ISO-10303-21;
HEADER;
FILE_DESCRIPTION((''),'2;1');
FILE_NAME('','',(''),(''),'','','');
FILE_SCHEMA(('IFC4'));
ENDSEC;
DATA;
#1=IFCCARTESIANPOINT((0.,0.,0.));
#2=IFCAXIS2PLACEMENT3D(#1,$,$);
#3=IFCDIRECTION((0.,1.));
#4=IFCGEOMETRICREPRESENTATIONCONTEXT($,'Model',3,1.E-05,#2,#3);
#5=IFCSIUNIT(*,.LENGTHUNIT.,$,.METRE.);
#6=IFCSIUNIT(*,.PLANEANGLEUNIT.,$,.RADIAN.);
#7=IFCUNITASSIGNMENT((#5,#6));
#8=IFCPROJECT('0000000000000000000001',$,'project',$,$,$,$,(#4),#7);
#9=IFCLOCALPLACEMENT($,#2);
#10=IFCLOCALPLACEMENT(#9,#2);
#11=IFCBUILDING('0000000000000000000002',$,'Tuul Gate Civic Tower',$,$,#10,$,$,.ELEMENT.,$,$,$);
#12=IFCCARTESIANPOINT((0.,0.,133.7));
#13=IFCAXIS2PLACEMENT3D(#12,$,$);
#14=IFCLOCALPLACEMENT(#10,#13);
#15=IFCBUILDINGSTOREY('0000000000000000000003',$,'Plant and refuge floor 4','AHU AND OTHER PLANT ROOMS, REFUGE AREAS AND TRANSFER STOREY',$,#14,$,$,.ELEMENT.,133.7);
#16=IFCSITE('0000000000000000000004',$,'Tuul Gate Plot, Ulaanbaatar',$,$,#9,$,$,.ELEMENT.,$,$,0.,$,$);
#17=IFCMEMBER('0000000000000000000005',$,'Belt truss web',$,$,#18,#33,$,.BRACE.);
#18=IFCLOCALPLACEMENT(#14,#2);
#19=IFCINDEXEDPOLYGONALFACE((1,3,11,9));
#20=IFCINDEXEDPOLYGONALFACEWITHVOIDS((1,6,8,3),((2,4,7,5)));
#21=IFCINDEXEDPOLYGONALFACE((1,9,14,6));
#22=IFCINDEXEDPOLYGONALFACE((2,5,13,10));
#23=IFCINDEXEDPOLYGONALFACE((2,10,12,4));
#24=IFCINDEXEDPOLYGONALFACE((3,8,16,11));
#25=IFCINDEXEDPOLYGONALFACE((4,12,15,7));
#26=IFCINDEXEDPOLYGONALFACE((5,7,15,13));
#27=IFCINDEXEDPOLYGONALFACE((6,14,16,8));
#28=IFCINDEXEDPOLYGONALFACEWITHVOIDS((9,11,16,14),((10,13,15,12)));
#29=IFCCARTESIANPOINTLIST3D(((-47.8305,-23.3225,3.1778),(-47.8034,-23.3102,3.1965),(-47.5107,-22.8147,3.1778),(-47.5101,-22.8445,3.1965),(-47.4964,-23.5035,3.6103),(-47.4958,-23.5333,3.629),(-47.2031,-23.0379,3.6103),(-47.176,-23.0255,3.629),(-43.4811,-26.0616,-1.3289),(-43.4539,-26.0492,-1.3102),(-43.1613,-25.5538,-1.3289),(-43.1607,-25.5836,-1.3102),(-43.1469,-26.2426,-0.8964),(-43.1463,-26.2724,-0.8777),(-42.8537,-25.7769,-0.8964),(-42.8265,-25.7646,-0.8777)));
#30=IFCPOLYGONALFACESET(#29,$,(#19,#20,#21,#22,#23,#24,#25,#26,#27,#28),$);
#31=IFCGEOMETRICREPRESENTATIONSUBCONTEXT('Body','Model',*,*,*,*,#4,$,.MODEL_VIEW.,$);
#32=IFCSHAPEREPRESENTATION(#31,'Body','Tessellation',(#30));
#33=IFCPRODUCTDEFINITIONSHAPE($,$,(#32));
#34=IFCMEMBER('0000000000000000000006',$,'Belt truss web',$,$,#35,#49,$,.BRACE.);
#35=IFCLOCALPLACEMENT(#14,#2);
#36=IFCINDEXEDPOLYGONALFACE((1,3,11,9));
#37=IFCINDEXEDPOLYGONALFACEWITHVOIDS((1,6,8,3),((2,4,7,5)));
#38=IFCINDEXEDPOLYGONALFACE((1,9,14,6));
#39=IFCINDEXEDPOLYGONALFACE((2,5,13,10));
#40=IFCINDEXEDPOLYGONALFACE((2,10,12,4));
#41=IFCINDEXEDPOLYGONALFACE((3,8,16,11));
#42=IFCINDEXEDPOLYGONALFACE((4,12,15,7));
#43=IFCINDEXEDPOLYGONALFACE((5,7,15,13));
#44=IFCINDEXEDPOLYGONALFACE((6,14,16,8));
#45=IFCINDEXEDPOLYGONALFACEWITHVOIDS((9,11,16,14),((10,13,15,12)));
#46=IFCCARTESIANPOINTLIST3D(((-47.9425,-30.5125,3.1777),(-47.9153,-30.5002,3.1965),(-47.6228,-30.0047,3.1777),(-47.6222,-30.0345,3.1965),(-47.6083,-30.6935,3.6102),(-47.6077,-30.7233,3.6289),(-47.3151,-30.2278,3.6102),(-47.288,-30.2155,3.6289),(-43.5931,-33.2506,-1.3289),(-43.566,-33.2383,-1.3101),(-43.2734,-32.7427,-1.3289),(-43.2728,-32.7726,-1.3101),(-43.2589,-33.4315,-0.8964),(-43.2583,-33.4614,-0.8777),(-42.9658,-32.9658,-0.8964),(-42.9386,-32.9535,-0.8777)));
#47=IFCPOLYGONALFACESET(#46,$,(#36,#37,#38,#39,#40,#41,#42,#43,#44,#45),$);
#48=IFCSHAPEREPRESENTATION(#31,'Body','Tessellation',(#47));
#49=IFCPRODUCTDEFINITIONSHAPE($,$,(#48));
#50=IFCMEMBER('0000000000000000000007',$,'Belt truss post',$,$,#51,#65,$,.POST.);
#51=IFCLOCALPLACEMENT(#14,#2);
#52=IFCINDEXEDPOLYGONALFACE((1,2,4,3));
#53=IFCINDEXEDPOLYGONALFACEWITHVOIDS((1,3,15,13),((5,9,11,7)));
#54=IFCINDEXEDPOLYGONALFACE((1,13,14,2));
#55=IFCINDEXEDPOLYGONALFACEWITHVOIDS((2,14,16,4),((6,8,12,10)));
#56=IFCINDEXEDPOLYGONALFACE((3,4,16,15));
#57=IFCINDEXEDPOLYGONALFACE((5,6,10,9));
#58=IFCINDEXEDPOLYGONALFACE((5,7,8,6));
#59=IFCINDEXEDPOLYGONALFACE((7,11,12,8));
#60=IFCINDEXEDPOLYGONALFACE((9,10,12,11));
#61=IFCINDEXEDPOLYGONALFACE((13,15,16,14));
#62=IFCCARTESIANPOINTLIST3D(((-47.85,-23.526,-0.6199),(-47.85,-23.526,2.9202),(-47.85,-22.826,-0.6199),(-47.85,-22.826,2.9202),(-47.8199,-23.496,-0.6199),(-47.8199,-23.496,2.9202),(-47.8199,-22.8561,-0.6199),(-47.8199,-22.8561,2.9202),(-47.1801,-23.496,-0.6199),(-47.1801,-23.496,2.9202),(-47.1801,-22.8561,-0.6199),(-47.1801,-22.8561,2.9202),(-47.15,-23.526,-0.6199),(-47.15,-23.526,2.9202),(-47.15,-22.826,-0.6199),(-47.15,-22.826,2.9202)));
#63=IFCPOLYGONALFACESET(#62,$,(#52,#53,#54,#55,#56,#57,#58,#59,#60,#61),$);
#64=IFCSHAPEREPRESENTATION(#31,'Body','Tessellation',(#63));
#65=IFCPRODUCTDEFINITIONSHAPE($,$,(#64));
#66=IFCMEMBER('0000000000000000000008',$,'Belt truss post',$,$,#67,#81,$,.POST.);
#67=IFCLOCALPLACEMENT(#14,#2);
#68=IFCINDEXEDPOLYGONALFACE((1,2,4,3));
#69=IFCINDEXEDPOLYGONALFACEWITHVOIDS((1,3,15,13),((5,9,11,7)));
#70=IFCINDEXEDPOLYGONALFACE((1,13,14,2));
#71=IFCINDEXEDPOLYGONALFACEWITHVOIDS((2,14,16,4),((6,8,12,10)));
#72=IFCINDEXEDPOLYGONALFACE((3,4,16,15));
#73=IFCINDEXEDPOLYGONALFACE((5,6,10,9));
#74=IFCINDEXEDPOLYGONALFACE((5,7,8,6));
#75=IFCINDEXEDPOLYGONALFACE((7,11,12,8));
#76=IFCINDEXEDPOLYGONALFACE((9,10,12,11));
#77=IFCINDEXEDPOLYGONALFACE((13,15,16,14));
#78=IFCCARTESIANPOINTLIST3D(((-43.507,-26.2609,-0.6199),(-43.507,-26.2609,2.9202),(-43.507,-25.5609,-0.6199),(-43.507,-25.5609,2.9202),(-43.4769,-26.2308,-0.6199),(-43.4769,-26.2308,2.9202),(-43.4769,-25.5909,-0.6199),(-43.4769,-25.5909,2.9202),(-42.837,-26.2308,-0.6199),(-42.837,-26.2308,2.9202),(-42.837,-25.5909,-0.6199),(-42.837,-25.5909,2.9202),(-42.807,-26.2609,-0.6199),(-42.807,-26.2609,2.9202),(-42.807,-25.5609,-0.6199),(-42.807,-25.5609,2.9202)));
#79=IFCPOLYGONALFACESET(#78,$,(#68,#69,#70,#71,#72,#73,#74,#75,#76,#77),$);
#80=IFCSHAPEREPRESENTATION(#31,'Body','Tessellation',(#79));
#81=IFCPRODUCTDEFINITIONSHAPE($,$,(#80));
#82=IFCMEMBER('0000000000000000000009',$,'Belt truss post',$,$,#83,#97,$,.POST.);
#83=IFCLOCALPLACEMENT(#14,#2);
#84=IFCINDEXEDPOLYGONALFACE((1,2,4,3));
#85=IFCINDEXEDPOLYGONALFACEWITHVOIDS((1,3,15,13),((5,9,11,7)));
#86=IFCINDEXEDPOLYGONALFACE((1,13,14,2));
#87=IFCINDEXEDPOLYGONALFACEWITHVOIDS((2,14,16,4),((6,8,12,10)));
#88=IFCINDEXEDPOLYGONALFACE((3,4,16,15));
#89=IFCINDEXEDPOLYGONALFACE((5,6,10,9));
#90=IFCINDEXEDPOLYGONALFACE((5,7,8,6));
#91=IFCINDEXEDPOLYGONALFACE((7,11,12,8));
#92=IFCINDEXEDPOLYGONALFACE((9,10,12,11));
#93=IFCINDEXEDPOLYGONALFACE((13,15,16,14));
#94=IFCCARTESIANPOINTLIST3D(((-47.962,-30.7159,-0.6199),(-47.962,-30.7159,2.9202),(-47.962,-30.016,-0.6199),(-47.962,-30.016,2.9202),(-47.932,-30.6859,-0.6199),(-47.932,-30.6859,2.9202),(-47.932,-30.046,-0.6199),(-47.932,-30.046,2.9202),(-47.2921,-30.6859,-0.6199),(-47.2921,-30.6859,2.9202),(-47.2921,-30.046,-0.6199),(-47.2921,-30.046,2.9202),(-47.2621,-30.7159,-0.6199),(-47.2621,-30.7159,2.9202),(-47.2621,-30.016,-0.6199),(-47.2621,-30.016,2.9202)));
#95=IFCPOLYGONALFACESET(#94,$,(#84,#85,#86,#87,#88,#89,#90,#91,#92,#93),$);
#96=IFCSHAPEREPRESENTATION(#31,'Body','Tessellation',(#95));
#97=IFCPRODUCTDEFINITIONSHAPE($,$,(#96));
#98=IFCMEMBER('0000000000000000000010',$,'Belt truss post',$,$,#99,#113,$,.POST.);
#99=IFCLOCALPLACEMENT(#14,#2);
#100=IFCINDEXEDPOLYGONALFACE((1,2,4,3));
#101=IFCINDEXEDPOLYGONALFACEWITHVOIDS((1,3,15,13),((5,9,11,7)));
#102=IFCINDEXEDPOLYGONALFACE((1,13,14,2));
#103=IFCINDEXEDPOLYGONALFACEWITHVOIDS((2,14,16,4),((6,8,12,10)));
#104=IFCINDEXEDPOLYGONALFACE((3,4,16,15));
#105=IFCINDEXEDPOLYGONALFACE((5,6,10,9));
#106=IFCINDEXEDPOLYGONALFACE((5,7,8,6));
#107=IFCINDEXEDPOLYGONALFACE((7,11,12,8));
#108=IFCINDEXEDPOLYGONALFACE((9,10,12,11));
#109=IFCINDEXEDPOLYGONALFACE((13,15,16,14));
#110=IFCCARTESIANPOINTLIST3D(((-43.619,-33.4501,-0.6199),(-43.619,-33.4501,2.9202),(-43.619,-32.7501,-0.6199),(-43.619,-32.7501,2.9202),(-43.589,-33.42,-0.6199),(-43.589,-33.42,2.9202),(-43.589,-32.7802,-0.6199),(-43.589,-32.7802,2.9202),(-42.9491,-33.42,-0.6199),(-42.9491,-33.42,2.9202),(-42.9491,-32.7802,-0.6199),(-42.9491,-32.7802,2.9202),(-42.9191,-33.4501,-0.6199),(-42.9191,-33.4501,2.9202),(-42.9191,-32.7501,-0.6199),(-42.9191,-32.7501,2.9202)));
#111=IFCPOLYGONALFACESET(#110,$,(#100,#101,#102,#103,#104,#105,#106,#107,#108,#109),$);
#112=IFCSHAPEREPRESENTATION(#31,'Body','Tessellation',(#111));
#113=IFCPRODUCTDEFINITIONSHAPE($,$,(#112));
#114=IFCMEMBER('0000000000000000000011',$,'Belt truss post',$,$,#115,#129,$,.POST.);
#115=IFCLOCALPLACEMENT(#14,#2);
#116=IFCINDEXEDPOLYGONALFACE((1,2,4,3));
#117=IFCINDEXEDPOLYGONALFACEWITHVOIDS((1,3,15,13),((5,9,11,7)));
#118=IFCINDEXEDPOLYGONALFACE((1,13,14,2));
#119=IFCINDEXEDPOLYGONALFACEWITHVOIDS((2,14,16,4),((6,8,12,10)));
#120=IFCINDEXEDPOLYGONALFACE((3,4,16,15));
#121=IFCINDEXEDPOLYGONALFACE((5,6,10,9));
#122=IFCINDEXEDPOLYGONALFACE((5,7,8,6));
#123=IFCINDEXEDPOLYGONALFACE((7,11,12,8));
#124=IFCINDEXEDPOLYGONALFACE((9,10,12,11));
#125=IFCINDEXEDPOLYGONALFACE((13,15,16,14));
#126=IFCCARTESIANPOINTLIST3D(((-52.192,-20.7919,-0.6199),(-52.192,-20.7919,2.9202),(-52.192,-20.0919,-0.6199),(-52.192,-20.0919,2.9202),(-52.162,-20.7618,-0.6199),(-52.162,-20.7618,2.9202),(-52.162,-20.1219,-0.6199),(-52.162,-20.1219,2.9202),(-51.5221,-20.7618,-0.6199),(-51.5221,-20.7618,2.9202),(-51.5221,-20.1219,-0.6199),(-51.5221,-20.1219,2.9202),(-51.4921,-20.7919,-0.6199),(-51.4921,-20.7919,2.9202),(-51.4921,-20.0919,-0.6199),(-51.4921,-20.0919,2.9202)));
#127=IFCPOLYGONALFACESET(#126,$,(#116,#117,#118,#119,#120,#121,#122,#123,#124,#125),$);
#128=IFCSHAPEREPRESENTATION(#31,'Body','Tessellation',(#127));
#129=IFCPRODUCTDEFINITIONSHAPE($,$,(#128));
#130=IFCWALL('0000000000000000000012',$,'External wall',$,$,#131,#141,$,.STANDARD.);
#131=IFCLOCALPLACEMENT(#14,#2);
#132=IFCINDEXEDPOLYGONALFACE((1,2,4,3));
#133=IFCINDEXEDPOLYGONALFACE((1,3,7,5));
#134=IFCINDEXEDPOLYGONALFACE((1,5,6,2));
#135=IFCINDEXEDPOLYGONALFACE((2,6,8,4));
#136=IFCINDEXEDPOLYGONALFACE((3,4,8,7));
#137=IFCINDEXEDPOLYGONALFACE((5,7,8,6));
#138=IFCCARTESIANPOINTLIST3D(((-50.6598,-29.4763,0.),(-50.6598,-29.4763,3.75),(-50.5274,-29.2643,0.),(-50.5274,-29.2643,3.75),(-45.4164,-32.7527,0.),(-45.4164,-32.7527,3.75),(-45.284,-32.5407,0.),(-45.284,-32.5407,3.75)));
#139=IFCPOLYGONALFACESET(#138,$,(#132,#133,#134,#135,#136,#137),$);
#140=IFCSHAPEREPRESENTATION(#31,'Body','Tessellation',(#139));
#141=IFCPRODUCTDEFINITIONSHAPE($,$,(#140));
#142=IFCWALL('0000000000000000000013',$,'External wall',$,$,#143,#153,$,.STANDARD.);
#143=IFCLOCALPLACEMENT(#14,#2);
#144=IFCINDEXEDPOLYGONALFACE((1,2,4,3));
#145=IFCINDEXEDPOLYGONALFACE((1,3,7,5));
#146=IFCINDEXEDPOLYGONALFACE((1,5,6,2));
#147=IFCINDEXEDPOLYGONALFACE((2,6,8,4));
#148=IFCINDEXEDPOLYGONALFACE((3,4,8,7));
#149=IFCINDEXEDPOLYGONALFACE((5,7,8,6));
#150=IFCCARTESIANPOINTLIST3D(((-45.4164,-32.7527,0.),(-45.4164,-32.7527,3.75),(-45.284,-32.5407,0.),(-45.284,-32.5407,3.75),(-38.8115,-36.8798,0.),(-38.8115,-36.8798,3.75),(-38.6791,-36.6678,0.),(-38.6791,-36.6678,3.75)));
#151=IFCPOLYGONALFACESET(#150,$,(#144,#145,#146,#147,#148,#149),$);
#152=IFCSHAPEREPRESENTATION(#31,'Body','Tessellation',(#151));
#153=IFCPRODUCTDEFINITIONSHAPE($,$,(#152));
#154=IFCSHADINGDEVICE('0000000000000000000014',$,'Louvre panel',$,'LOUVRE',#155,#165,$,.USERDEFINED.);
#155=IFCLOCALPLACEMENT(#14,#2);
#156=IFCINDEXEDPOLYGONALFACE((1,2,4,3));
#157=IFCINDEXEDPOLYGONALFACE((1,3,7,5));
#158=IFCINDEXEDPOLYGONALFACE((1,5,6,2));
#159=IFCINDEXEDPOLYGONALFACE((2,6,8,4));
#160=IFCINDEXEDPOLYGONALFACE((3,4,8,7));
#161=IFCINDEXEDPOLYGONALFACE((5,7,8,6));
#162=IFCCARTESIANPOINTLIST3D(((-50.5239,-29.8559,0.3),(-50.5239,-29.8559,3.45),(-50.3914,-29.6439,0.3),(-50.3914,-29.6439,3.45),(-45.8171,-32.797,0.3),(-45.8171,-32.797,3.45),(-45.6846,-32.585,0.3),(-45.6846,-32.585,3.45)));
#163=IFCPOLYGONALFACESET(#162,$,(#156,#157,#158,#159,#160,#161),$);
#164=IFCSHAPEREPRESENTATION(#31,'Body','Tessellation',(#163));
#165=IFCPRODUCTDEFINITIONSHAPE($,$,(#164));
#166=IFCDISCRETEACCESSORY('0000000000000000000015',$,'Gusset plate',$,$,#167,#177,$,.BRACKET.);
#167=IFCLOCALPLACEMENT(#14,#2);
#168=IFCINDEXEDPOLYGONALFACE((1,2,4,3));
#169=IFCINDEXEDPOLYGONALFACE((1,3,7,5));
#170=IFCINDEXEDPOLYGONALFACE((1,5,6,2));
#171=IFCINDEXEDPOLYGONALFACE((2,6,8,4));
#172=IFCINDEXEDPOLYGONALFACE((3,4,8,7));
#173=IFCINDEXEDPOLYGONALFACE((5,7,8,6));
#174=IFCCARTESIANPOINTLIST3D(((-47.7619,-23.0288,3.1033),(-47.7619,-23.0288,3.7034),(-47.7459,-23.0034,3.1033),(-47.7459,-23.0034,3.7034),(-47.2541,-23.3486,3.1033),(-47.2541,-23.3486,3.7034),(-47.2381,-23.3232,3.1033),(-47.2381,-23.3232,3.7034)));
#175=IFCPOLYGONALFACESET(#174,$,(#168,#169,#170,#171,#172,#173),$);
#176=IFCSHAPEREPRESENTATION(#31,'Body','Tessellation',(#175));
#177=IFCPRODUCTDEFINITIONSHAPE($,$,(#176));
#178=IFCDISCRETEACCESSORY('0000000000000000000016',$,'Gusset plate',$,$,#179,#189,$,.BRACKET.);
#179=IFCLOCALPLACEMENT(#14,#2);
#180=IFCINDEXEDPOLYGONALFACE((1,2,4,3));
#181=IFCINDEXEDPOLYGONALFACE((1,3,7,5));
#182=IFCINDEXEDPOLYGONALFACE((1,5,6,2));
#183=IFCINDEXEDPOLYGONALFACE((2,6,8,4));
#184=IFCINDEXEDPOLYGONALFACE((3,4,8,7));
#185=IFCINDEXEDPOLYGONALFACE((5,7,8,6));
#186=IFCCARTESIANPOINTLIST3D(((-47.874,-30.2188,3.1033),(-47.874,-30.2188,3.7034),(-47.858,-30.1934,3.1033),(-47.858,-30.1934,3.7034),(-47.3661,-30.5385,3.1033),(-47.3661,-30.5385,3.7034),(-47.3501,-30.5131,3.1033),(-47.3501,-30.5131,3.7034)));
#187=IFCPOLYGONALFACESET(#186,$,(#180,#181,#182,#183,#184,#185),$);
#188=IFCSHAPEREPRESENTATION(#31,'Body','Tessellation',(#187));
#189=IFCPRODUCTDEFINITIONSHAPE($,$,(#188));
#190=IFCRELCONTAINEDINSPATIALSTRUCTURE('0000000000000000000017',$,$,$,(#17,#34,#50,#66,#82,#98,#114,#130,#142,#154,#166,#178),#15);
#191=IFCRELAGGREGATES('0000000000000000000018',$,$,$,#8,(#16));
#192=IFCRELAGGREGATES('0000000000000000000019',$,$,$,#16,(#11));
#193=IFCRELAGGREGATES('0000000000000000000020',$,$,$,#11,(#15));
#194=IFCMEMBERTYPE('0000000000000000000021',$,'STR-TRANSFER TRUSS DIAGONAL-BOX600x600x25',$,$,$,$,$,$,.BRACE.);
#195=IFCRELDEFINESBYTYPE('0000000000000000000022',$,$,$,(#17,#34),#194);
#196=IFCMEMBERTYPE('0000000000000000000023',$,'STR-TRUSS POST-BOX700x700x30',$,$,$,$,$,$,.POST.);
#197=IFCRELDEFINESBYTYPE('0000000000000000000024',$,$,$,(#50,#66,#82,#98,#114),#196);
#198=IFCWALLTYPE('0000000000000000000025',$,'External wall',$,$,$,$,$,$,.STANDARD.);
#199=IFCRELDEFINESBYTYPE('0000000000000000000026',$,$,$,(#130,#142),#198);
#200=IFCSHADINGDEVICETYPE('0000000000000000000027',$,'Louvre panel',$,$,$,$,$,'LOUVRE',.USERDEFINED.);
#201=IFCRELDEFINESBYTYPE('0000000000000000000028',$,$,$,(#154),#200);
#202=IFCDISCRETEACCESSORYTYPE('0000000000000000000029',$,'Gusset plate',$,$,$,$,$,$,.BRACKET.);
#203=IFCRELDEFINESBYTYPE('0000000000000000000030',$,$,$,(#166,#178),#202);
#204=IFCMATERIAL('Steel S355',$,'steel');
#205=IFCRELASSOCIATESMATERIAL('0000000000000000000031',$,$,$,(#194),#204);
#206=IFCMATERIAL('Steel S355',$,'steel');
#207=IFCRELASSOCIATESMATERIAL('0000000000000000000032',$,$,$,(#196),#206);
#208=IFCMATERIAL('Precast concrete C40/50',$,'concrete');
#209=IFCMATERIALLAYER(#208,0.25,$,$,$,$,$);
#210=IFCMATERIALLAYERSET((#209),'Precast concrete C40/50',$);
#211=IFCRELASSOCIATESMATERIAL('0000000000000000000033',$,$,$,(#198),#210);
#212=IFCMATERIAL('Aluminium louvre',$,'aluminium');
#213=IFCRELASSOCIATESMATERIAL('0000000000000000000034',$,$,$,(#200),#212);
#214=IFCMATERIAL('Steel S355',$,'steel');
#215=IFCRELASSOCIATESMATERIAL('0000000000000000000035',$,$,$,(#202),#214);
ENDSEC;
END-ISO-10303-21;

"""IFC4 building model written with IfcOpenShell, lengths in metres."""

from ifc_helpers import new_model, si_unit, direction, frame, frame_2d, origin, origin_2d, place, context, subcontext, project, spatial, rectangle, hollow_rectangle, extrude, material, layer, layer_set, material_profile, profile_set, type_object, element, save


model = new_model("IFC4")

# Units and contexts
model_context = context("Model", 3, precision=1e-05, world=origin(), true_north=direction((0.0, 1.0)))
body_context = subcontext(model_context, "Body", "Model", "MODEL_VIEW")
ifc_project = project(units=[si_unit("LENGTHUNIT", "METRE"), si_unit("PLANEANGLEUNIT", "RADIAN")], contexts=[model_context])

# Site, building, storey
site_placement = place(None, origin())
site = spatial("IfcSite", under=ifc_project, at=site_placement, Name="Tuul Gate Plot, Ulaanbaatar", CompositionType="ELEMENT", RefElevation=0.0)
building_placement = place(site_placement, origin())
building = spatial("IfcBuilding", under=site, at=building_placement, Name="Tuul Gate Civic Tower", CompositionType="ELEMENT")
storey_placement = place(building_placement, frame((0.0, 0.0, 133.7)))
storey = spatial("IfcBuildingStorey", under=building, at=storey_placement, Name="Plant and refuge floor 4", Description="AHU AND OTHER PLANT ROOMS, REFUGE AREAS AND TRANSFER STOREY", CompositionType="ELEMENT", Elevation=133.7)

# Members
ifc_material_1 = material(Name="Steel S355", Category="steel")
ifc_material_profile_1 = material_profile(ifc_material_1, hollow_rectangle(XDim=0.6001, YDim=0.6001, WallThickness=0.0249, at=origin_2d()), Name="BOX600x600x25")
ifc_profile_set_1 = profile_set([ifc_material_profile_1], Name="Steel S355")
member_type_1 = type_object("IfcMemberType", Name="STR-TRANSFER TRUSS DIAGONAL-BOX600x600x25", PredefinedType="BRACE", material=ifc_profile_set_1)
member_1_placement = place(storey_placement, frame((-43.1538, -25.9131, -1.1033), z_axis=(-0.63626, 0.400685, 0.659261), x_axis=(-0.532886, -0.846187, 0.0)))
element("IfcMember", 1, at=member_1_placement, inside=storey, type_object=member_type_1, Name="Belt truss web", PredefinedType="BRACE", context=body_context, shape_type="SweptSolid", body=[
    extrude(hollow_rectangle(XDim=0.6001, YDim=0.6001, WallThickness=0.0249, at=origin_2d()), origin(), (0.0, 0.0, 1.0), 6.8359),
])
member_2_placement = place(storey_placement, frame((-43.2659, -33.1021, -1.1033), z_axis=(-0.636297, 0.400565, 0.659298), x_axis=(-0.53275, -0.846273, 0.0)))
element("IfcMember", 2, at=member_2_placement, inside=storey, type_object=member_type_1, Name="Belt truss web", PredefinedType="BRACE", context=body_context, shape_type="SweptSolid", body=[
    extrude(hollow_rectangle(XDim=0.6001, YDim=0.6001, WallThickness=0.0249, at=origin_2d()), origin(), (0.0, 0.0, 1.0), 6.8354),
])
ifc_material_2 = material(Name="Steel S355", Category="steel")
ifc_material_profile_2 = material_profile(ifc_material_2, hollow_rectangle(XDim=0.7, YDim=0.7, WallThickness=0.03, at=origin_2d()), Name="BOX700x700x30")
ifc_profile_set_2 = profile_set([ifc_material_profile_2], Name="Steel S355")
member_type_2 = type_object("IfcMemberType", Name="STR-TRUSS POST-BOX700x700x30", PredefinedType="POST", material=ifc_profile_set_2)
for number, where, z_axis, x_axis, name in (
    (3, (-47.5, -23.176, -0.6199), (0.0, 0.0, 1.0), (1.0, 0.0, 0.0), "Belt truss post"),
    (4, (-43.157, -25.9109, -0.6199), (0.0, 0.0, 1.0), (1.0, 0.0, 0.0), "Belt truss post"),
    (5, (-47.6121, -30.366, -0.6199), (0.0, 0.0, 1.0), (1.0, 0.0, 0.0), "Belt truss post"),
    (6, (-43.269, -33.1001, -0.6199), (0.0, 0.0, 1.0), (1.0, 0.0, 0.0), "Belt truss post"),
    (7, (-51.842, -20.4419, -0.6199), (0.0, 0.0, 1.0), (1.0, 0.0, 0.0), "Belt truss post"),
):
    element("IfcMember", number, at=place(storey_placement, frame(where, z_axis=z_axis, x_axis=x_axis)), inside=storey, type_object=member_type_2, Name=name, PredefinedType="POST", context=body_context, shape_type="SweptSolid", body=[
        extrude(hollow_rectangle(XDim=0.7, YDim=0.7, WallThickness=0.03, at=origin_2d()), origin(), (0.0, 0.0, 1.0), 3.54),
    ])

# Walls
ifc_material_3 = material(Name="Precast concrete C40/50", Category="concrete")
ifc_layer = layer(ifc_material_3, 0.25)
ifc_layer_set = layer_set([ifc_layer], Name="Precast concrete C40/50")
wall_type = type_object("IfcWallType", Name="External wall", PredefinedType="STANDARD", material=ifc_layer_set)
wall_1_placement = place(storey_placement, frame((-50.5935, -29.3704, 0.0), z_axis=(0.0, 0.0, 1.0), x_axis=(0.848054, -0.52991, 0.0)))
element("IfcWall", 8, at=wall_1_placement, inside=storey, type_object=wall_type, Name="External wall", PredefinedType="STANDARD", context=body_context, shape_type="SweptSolid", body=[
    extrude(rectangle(XDim=6.1829, YDim=0.25, at=frame_2d((3.0913, 0.0))), origin(), (0.0, 0.0, 1.0), 3.75),
])
wall_2_placement = place(storey_placement, frame((-45.3501, -32.6467, 0.0), z_axis=(0.0, 0.0, 1.0), x_axis=(0.848051, -0.529914, 0.0)))
element("IfcWall", 9, at=wall_2_placement, inside=storey, type_object=wall_type, Name="External wall", PredefinedType="STANDARD", context=body_context, shape_type="SweptSolid", body=[
    extrude(rectangle(XDim=7.7883, YDim=0.25, at=frame_2d((3.894, 0.0))), origin(), (0.0, 0.0, 1.0), 3.75),
])

# Shading device
ifc_material_4 = material(Name="Aluminium louvre", Category="aluminium")
shading_device_type = type_object("IfcShadingDeviceType", Name="Louvre panel", ElementType="LOUVRE", PredefinedType="USERDEFINED", material=ifc_material_4)
shading_device_placement = place(storey_placement, frame((-48.1042, -31.2205, 0.3), z_axis=(0.0, 0.0, 1.0), x_axis=(-0.529912, -0.848053, 0.0)))
element("IfcShadingDevice", 10, at=shading_device_placement, inside=storey, type_object=shading_device_type, Name="Louvre panel", ObjectType="LOUVRE", PredefinedType="USERDEFINED", context=body_context, shape_type="SweptSolid", body=[
    extrude(rectangle(XDim=0.25, YDim=5.55, at=origin_2d()), origin(), (0.0, 0.0, 1.0), 3.1499),
])

# Discrete accessories
ifc_material_5 = material(Name="Steel S355", Category="steel")
discrete_accessory_type = type_object("IfcDiscreteAccessoryType", Name="Gusset plate", PredefinedType="BRACKET", material=ifc_material_5)
for number, where, z_axis, x_axis, name in (
    (11, (-47.5, -23.176, 3.1033), (0.0, 0.0, 1.0), (0.846187, -0.532886, 0.0), "Gusset plate"),
    (12, (-47.6121, -30.366, 3.1033), (0.0, 0.0, 1.0), (0.846275, -0.532746, 0.0), "Gusset plate"),
):
    element("IfcDiscreteAccessory", number, at=place(storey_placement, frame(where, z_axis=z_axis, x_axis=x_axis)), inside=storey, type_object=discrete_accessory_type, Name=name, PredefinedType="BRACKET", context=body_context, shape_type="SweptSolid", body=[
        extrude(rectangle(XDim=0.6001, YDim=0.03, at=origin_2d()), origin(), (0.0, 0.0, 1.0), 0.6001),
    ])

save(model, "model.ifc")
